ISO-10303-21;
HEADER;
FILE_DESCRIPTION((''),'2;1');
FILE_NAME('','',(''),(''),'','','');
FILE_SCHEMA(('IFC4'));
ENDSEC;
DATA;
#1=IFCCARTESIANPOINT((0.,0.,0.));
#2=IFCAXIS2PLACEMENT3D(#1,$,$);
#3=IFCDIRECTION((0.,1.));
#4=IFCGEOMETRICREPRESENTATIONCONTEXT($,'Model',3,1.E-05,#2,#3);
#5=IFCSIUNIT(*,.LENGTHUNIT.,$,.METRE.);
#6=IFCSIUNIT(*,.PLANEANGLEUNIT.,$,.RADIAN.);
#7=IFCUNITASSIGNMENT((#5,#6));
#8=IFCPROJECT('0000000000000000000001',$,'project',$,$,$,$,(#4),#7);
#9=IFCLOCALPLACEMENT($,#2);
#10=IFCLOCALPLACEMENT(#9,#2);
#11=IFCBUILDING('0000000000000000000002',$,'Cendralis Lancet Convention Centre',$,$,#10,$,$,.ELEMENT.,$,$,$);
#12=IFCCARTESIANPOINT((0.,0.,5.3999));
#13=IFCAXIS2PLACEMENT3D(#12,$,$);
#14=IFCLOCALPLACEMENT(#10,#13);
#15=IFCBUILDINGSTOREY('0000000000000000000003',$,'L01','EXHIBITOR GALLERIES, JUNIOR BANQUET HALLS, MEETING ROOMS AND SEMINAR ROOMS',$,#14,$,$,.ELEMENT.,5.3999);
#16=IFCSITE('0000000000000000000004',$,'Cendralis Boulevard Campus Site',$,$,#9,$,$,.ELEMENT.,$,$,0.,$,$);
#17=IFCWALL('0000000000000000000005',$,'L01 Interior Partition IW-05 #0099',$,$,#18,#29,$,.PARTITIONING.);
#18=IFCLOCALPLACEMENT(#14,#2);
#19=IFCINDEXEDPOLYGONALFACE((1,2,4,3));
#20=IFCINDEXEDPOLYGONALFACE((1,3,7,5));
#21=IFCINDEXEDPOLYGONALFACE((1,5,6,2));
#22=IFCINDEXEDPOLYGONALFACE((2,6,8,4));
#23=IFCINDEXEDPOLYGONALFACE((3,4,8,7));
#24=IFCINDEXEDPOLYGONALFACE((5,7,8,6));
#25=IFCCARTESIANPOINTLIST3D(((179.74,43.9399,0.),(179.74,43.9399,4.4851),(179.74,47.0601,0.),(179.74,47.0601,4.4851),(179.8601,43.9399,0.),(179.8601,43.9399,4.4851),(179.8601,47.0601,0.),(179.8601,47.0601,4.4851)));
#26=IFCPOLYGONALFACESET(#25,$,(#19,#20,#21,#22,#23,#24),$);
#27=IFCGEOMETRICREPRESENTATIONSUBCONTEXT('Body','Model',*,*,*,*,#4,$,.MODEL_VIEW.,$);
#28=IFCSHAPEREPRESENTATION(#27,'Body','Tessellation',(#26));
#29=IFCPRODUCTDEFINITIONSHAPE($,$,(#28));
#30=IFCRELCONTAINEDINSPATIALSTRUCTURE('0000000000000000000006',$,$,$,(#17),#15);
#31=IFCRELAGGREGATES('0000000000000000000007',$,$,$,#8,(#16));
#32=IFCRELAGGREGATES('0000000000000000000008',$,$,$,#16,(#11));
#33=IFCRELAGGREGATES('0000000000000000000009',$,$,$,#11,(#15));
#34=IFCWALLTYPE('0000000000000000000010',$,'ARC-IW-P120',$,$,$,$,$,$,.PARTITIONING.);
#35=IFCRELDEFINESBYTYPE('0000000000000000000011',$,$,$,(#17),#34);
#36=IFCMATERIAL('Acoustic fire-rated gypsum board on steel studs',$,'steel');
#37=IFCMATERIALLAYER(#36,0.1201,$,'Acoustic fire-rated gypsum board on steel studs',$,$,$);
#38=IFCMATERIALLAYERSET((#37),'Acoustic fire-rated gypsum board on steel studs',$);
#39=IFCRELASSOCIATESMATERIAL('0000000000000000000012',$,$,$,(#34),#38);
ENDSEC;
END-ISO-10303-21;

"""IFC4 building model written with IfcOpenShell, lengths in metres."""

from ifc_helpers import new_model, si_unit, direction, frame, frame_2d, origin, place, context, subcontext, project, spatial, rectangle, extrude, material, layer, layer_set, type_object, element, save


model = new_model("IFC4")

# Units and contexts
model_context = context("Model", 3, precision=1e-05, world=origin(), true_north=direction((0.0, 1.0)))
body_context = subcontext(model_context, "Body", "Model", "MODEL_VIEW")
ifc_project = project(units=[si_unit("LENGTHUNIT", "METRE"), si_unit("PLANEANGLEUNIT", "RADIAN")], contexts=[model_context])

# Site, building, storey
site_placement = place(None, origin())
site = spatial("IfcSite", under=ifc_project, at=site_placement, Name="Cendralis Boulevard Campus Site", CompositionType="ELEMENT", RefElevation=0.0)
building_placement = place(site_placement, origin())
building = spatial("IfcBuilding", under=site, at=building_placement, Name="Cendralis Lancet Convention Centre", CompositionType="ELEMENT")
storey_placement = place(building_placement, frame((0.0, 0.0, 5.3999)))
storey = spatial("IfcBuildingStorey", under=building, at=storey_placement, Name="L01", Description="EXHIBITOR GALLERIES, JUNIOR BANQUET HALLS, MEETING ROOMS AND SEMINAR ROOMS", CompositionType="ELEMENT", Elevation=5.3999)

# Shared definitions
ifc_material_1 = material(Name="Acoustic fire-rated gypsum board on steel studs", Category="steel")
ifc_layer_1 = layer(ifc_material_1, 0.1201, Name="Acoustic fire-rated gypsum board on steel studs")
ifc_layer_set_1 = layer_set([ifc_layer_1], Name="Acoustic fire-rated gypsum board on steel studs")
wall_type_1 = type_object("IfcWallType", Name="ARC-IW-P120", PredefinedType="PARTITIONING", material=ifc_layer_set_1)

# Wall
wall_1_placement = place(storey_placement, frame((179.8, 43.9399, 0.0), z_axis=(0.0, 0.0, 1.0), x_axis=(0.0, 1.0, 0.0)))
element("IfcWall", 1, at=wall_1_placement, inside=storey, type_object=wall_type_1, Name="L01 Interior Partition IW-05 #0099", PredefinedType="PARTITIONING", context=body_context, shape_type="SweptSolid", body=[
    extrude(rectangle(XDim=3.1201, YDim=0.1201, at=frame_2d((1.5601, 0.0))), origin(), (0.0, 0.0, 1.0), 4.4851),
])

save(model, "model.ifc")
